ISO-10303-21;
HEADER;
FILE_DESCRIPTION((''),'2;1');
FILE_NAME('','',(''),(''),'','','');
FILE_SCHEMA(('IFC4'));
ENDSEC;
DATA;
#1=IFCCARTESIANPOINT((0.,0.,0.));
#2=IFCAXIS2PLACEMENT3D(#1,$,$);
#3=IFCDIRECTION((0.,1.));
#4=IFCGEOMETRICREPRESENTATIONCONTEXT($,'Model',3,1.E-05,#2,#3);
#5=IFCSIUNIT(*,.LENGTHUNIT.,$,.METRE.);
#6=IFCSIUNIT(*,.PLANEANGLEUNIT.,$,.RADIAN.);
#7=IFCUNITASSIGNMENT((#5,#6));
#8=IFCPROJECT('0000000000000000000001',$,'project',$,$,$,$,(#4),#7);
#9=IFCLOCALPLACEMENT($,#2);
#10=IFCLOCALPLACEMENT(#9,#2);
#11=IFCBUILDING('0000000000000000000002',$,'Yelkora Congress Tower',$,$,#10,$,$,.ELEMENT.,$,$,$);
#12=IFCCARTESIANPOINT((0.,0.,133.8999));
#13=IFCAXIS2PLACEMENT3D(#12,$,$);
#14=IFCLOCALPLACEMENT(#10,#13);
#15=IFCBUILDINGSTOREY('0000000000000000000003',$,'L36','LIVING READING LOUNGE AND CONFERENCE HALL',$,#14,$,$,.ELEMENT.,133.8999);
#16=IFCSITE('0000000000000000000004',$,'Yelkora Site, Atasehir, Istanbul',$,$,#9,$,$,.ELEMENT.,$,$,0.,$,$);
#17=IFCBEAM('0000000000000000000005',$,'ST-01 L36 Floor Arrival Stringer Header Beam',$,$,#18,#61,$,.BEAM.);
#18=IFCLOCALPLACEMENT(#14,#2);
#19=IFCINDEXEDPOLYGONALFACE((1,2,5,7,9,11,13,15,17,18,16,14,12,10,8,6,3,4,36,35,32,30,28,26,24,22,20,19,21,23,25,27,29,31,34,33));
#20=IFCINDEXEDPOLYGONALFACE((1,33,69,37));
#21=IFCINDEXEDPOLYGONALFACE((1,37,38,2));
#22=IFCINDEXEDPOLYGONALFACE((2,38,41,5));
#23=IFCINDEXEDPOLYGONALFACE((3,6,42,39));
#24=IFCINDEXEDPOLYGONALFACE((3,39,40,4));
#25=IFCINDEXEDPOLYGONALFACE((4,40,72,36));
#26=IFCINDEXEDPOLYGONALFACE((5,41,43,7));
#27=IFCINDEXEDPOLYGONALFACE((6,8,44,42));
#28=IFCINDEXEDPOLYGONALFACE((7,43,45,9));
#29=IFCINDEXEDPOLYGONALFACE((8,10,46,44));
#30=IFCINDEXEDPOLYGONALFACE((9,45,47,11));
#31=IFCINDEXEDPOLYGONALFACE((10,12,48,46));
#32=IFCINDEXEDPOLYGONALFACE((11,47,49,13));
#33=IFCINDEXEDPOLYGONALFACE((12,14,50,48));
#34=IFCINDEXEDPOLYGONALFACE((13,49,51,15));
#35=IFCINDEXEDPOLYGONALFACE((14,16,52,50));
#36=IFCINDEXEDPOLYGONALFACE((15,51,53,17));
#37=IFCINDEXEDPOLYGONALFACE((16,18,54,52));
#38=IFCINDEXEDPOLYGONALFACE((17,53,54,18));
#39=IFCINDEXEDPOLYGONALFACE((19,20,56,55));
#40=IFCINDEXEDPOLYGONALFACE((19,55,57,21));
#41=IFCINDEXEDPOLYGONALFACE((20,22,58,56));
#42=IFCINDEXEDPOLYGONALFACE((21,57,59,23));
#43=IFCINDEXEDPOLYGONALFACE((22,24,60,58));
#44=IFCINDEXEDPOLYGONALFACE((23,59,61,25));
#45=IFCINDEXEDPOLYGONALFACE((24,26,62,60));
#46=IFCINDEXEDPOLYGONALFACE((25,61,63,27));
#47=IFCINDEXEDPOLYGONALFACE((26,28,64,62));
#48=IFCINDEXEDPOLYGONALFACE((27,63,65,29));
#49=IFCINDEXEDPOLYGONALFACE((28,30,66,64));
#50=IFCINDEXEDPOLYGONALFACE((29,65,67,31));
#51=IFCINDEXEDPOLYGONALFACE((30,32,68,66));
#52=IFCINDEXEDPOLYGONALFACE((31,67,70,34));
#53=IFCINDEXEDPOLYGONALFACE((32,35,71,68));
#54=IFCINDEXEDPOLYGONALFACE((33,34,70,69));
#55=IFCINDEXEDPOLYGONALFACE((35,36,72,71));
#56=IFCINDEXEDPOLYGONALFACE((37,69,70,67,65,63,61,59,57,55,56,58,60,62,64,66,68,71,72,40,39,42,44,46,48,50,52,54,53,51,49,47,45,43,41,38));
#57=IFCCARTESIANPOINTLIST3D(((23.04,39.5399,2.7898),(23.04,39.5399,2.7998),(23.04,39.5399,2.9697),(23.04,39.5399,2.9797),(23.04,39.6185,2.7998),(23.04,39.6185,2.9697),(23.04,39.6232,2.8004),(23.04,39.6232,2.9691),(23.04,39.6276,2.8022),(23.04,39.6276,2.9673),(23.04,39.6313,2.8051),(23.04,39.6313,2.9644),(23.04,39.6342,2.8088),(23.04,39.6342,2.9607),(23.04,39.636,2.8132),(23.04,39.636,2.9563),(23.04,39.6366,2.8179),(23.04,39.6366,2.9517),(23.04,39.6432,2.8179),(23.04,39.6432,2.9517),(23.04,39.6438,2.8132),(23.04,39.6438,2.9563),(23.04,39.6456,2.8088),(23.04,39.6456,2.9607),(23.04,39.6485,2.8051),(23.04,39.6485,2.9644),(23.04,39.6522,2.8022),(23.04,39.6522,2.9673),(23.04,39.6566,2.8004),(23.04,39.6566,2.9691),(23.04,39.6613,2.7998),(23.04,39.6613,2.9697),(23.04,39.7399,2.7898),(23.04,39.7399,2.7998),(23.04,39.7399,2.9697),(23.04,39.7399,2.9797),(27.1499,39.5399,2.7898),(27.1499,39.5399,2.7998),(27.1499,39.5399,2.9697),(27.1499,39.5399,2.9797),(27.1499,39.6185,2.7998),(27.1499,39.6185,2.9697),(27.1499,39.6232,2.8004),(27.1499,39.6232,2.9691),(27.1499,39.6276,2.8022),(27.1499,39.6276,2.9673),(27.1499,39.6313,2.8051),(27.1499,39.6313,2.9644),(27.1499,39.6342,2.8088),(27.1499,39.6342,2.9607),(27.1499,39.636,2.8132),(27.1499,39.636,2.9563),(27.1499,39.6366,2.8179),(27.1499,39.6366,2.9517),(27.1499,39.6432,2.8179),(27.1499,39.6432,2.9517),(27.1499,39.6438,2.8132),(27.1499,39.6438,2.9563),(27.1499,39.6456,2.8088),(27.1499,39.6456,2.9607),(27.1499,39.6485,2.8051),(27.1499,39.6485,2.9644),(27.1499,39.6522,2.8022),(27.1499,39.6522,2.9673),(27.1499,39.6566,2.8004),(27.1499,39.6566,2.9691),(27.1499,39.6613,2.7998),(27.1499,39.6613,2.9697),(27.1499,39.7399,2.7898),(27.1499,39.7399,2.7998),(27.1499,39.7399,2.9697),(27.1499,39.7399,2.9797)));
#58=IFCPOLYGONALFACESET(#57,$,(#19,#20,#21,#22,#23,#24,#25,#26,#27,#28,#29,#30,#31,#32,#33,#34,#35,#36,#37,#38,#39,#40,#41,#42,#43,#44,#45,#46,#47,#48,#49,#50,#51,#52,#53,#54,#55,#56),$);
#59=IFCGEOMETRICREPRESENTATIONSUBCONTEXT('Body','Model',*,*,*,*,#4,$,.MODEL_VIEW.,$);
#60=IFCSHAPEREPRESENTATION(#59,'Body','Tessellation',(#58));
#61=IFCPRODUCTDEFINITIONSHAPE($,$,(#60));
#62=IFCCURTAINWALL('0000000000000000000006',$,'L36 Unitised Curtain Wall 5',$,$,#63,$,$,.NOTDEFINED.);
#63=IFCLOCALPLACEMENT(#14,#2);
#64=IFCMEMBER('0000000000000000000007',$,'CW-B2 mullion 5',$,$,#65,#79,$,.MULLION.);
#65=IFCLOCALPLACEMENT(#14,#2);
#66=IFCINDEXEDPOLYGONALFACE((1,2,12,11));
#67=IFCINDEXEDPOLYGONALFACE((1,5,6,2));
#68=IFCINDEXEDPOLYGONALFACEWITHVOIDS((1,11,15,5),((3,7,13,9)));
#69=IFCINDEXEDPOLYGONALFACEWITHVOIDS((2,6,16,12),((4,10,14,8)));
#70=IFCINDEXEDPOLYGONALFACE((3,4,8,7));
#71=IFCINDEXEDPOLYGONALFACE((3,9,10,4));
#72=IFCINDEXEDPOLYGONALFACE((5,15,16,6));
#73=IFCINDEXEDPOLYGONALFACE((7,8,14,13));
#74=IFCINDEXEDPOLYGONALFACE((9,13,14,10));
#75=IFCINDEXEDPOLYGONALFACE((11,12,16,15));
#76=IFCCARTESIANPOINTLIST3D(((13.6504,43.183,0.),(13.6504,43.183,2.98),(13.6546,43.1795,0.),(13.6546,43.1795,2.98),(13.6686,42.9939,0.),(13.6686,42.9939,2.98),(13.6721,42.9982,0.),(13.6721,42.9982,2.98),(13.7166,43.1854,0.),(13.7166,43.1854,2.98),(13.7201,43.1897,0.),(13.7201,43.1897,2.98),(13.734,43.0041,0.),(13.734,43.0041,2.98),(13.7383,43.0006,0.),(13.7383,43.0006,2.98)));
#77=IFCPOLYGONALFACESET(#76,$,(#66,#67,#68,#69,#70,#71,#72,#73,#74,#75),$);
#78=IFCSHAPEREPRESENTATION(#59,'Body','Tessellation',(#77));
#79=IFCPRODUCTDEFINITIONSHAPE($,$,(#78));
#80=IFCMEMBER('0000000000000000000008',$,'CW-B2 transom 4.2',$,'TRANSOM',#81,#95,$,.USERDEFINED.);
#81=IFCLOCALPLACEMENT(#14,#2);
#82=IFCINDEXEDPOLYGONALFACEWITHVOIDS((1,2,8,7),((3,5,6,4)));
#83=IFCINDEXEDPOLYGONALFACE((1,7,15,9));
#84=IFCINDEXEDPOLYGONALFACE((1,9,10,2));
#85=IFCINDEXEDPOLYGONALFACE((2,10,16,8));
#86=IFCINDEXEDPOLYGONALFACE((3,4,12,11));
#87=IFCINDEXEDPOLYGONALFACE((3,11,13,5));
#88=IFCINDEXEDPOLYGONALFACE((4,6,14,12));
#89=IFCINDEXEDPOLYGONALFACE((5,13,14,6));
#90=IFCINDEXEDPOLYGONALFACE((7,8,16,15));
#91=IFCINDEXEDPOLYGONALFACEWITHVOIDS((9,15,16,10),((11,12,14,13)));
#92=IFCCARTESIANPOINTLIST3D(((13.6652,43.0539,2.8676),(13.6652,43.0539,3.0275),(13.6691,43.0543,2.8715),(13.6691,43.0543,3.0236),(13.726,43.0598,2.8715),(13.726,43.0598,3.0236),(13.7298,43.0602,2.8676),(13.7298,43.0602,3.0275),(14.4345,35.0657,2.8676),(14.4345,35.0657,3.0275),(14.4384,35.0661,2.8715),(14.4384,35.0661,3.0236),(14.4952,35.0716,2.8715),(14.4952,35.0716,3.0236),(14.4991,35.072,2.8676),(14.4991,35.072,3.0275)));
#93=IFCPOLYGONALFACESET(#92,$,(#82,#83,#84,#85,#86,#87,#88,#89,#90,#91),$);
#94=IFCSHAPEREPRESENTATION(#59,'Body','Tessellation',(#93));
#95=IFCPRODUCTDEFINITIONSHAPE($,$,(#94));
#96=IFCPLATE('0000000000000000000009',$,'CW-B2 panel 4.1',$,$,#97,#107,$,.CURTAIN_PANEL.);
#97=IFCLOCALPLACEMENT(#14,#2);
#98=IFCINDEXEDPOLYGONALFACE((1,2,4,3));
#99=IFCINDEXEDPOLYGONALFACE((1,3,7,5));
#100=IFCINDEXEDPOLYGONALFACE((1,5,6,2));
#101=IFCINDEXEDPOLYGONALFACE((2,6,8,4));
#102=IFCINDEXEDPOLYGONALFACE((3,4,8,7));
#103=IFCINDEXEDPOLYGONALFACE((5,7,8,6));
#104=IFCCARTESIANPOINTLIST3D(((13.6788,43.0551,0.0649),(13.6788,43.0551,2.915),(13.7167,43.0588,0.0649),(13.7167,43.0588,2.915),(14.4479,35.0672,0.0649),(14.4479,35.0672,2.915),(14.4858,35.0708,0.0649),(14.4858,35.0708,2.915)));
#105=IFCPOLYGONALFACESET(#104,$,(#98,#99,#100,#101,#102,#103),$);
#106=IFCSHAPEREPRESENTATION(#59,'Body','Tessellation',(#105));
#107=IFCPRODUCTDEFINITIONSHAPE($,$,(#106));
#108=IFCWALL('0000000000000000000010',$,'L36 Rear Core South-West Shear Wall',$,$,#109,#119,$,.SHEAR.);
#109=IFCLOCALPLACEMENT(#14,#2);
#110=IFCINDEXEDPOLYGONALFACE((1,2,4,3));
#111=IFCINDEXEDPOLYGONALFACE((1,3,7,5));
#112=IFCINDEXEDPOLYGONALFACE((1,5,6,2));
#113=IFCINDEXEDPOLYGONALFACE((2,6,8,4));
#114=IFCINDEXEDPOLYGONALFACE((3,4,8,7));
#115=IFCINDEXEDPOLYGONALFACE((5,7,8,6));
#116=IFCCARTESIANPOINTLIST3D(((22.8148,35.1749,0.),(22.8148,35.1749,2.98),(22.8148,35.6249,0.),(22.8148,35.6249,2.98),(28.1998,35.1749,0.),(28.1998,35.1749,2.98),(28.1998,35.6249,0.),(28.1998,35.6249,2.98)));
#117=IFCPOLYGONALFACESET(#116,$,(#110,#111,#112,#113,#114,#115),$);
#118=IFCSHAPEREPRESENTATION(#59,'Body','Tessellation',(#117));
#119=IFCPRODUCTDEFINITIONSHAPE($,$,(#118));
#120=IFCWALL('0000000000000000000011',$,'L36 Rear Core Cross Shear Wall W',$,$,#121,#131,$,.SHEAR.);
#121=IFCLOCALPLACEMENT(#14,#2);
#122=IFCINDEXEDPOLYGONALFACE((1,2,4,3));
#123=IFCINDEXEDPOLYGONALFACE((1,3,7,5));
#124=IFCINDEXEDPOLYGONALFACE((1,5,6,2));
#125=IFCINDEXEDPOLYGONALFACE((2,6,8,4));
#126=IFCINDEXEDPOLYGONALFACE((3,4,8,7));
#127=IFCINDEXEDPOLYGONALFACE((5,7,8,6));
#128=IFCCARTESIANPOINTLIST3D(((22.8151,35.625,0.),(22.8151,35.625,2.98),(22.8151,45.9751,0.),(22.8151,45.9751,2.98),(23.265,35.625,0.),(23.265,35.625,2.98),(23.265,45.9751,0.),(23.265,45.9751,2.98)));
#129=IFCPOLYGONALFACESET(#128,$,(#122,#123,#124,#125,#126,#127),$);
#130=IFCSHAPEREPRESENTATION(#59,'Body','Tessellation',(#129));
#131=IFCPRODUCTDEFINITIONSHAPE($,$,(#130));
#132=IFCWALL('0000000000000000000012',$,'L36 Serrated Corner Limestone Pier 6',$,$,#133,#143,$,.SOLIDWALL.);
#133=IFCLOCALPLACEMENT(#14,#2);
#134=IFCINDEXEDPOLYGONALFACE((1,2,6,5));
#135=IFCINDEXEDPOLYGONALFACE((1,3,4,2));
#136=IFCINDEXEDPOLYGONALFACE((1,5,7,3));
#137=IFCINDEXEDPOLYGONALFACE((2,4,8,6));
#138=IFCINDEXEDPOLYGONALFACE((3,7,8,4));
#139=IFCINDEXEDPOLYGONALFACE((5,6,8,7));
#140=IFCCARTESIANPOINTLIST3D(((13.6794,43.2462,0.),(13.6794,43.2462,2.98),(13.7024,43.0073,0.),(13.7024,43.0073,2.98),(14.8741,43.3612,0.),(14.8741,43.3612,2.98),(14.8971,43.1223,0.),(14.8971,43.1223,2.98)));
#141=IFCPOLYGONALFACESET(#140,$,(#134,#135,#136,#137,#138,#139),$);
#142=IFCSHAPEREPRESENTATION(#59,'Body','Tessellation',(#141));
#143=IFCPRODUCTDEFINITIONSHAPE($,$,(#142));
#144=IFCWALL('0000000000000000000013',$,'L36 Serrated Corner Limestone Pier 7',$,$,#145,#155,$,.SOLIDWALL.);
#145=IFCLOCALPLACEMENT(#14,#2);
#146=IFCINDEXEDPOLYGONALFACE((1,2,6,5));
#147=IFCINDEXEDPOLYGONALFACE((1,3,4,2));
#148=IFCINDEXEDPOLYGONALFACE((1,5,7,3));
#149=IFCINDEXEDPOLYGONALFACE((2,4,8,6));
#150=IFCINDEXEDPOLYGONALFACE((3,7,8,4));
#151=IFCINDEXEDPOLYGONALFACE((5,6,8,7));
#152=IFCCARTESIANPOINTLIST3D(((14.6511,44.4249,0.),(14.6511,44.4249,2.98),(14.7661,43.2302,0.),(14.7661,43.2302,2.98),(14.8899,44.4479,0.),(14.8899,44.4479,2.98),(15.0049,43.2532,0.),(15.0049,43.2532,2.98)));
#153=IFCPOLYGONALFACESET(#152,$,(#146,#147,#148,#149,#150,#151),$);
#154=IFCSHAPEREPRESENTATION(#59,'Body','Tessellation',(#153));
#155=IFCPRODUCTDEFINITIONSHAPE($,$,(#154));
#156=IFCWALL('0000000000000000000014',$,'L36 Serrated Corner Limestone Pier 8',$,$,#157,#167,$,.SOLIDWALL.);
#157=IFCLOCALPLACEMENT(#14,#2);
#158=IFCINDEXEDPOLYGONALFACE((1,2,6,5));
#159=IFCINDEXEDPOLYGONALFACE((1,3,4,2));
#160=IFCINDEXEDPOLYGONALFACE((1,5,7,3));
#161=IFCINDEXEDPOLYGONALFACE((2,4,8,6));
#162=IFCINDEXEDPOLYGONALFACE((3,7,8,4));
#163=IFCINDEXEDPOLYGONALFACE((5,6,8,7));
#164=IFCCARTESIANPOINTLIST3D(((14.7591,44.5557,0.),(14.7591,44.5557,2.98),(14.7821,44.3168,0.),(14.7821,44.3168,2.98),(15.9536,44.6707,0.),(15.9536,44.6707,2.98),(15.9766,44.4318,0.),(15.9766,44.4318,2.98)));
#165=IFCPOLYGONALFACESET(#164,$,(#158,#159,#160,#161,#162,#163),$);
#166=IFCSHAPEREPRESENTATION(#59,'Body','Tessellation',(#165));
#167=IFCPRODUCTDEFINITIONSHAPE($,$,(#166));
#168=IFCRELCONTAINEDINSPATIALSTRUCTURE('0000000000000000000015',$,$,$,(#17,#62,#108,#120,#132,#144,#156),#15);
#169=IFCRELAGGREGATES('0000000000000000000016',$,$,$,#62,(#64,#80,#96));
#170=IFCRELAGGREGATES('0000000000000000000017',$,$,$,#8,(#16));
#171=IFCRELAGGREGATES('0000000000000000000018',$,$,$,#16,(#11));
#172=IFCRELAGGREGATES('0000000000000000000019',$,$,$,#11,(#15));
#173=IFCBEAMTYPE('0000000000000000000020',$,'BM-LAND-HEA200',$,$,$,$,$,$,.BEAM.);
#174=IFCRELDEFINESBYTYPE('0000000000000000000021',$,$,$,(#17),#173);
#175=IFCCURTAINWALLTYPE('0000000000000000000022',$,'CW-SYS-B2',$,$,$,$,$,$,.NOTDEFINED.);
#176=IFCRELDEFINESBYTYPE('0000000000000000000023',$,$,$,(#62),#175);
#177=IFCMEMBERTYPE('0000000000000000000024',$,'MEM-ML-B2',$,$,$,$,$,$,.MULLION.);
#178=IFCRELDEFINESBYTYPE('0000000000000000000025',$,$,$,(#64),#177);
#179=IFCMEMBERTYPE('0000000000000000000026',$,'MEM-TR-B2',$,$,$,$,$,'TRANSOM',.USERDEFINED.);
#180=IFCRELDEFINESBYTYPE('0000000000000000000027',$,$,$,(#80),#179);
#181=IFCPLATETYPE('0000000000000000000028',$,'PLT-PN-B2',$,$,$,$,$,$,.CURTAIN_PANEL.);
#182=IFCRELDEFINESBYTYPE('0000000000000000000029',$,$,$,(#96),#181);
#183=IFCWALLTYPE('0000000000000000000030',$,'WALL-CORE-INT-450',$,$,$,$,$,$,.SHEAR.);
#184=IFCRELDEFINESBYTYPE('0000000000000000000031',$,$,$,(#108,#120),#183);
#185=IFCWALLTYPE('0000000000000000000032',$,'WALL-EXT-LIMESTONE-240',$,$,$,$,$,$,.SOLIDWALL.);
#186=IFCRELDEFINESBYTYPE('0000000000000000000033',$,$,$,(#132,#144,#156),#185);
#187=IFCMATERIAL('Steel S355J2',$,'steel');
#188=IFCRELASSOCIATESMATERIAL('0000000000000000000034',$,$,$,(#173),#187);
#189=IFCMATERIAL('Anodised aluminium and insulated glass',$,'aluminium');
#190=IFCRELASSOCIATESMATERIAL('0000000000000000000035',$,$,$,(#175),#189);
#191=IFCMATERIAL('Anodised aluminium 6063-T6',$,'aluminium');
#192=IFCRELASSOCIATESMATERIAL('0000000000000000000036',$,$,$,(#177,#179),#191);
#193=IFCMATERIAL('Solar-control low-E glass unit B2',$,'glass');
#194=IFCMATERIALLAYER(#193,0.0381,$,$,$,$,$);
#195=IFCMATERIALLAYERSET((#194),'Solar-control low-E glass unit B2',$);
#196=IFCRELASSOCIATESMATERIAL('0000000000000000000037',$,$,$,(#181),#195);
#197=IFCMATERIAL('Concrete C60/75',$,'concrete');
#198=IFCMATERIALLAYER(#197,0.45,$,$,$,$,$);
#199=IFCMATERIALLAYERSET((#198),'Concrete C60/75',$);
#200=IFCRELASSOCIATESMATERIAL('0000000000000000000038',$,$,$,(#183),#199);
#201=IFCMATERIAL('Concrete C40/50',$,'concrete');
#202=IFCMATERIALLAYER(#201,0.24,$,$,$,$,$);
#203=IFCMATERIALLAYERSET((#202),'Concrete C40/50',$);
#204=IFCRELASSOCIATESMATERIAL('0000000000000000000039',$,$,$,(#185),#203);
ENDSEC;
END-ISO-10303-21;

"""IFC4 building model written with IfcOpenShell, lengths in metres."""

from ifc_helpers import new_model, si_unit, direction, frame, frame_2d, origin, origin_2d, place, context, subcontext, project, spatial, rectangle, hollow_rectangle, i_section, extrude, material, layer, layer_set, material_profile, profile_set, type_object, element, aggregate, save


model = new_model("IFC4")

# Units and contexts
model_context = context("Model", 3, precision=1e-05, world=origin(), true_north=direction((0.0, 1.0)))
body_context = subcontext(model_context, "Body", "Model", "MODEL_VIEW")
ifc_project = project(units=[si_unit("LENGTHUNIT", "METRE"), si_unit("PLANEANGLEUNIT", "RADIAN")], contexts=[model_context])

# Site, building, storey
site_placement = place(None, origin())
site = spatial("IfcSite", under=ifc_project, at=site_placement, Name="Yelkora Site, Atasehir, Istanbul", CompositionType="ELEMENT", RefElevation=0.0)
building_placement = place(site_placement, origin())
building = spatial("IfcBuilding", under=site, at=building_placement, Name="Yelkora Congress Tower", CompositionType="ELEMENT")
storey_placement = place(building_placement, frame((0.0, 0.0, 133.8999)))
storey = spatial("IfcBuildingStorey", under=building, at=storey_placement, Name="L36", Description="LIVING READING LOUNGE AND CONFERENCE HALL", CompositionType="ELEMENT", Elevation=133.8999)

# Beam
ifc_material_1 = material(Name="Steel S355J2", Category="steel")
ifc_material_profile_1 = material_profile(ifc_material_1, i_section(OverallWidth=0.2, OverallDepth=0.1899, WebThickness=0.0066, FlangeThickness=0.01, FilletRadius=0.0181, at=origin_2d()), Name="HEA 200")
ifc_profile_set_1 = profile_set([ifc_material_profile_1], Name="Steel S355J2")
beam_type_1 = type_object("IfcBeamType", Name="BM-LAND-HEA200", PredefinedType="BEAM", material=ifc_profile_set_1)
beam_1_placement = place(storey_placement, frame((23.04, 39.6399, 2.8848), z_axis=(1.0, 0.0, 0.0), x_axis=(0.0, 1.0, 0.0)))
element("IfcBeam", 1, at=beam_1_placement, inside=storey, type_object=beam_type_1, Name="ST-01 L36 Floor Arrival Stringer Header Beam", PredefinedType="BEAM", context=body_context, shape_type="SweptSolid", body=[
    extrude(i_section(OverallWidth=0.2, OverallDepth=0.1899, WebThickness=0.0066, FlangeThickness=0.01, FilletRadius=0.0181, at=origin_2d()), origin(), (0.0, 0.0, 1.0), 4.1099),
])

# Curtain wall, members, plate
ifc_material_2 = material(Name="Anodised aluminium and insulated glass", Category="aluminium")
curtain_wall_type = type_object("IfcCurtainWallType", Name="CW-SYS-B2", PredefinedType="NOTDEFINED", material=ifc_material_2)
curtain_wall_placement = place(storey_placement, origin())
curtain_wall = element("IfcCurtainWall", 2, at=curtain_wall_placement, inside=storey, type_object=curtain_wall_type, Name="L36 Unitised Curtain Wall 5", PredefinedType="NOTDEFINED")
ifc_material_3 = material(Name="Anodised aluminium 6063-T6", Category="aluminium")
ifc_material_profile_2 = material_profile(ifc_material_3, hollow_rectangle(XDim=0.0701, YDim=0.1899, WallThickness=0.0039, at=origin_2d()), Name="ALU 70x190x4")
ifc_profile_set_2 = profile_set([ifc_material_profile_2], Name="Anodised aluminium 6063-T6")
member_type_1 = type_object("IfcMemberType", Name="MEM-ML-B2", PredefinedType="MULLION", material=ifc_profile_set_2)
member_1_placement = place(storey_placement, frame((13.6943, 43.0918, 0.0), z_axis=(0.0, 0.0, 1.0), x_axis=(-0.995397, -0.095843, 0.0)))
member_1 = element("IfcMember", 3, at=member_1_placement, type_object=member_type_1, Name="CW-B2 mullion 5", PredefinedType="MULLION", context=body_context, shape_type="SweptSolid", body=[
    extrude(hollow_rectangle(XDim=0.0701, YDim=0.1899, WallThickness=0.0039, at=origin_2d()), origin(), (0.0, 0.0, 1.0), 2.98),
])
ifc_material_profile_3 = material_profile(ifc_material_3, hollow_rectangle(XDim=0.0649, YDim=0.1599, WallThickness=0.0039, at=origin_2d()), Name="ALU 65x160x4")
ifc_profile_set_3 = profile_set([ifc_material_profile_3], Name="Anodised aluminium 6063-T6")
member_type_2 = type_object("IfcMemberType", Name="MEM-TR-B2", ElementType="TRANSOM", PredefinedType="USERDEFINED", material=ifc_profile_set_3)
member_2_placement = place(storey_placement, frame((14.4668, 35.0688, 2.9475), z_axis=(-0.095858, 0.995395, 0.0), x_axis=(-0.995395, -0.095858, 0.0)))
member_2 = element("IfcMember", 4, at=member_2_placement, type_object=member_type_2, Name="CW-B2 transom 4.2", ObjectType="TRANSOM", PredefinedType="USERDEFINED", context=body_context, shape_type="SweptSolid", body=[
    extrude(hollow_rectangle(XDim=0.0649, YDim=0.1599, WallThickness=0.0039, at=origin_2d()), origin(), (0.0, 0.0, 1.0), 8.0251),
])
ifc_material_4 = material(Name="Solar-control low-E glass unit B2", Category="glass")
ifc_layer_1 = layer(ifc_material_4, 0.0381)
ifc_layer_set_1 = layer_set([ifc_layer_1], Name="Solar-control low-E glass unit B2")
plate_type = type_object("IfcPlateType", Name="PLT-PN-B2", PredefinedType="CURTAIN_PANEL", material=ifc_layer_set_1)
plate_placement = place(storey_placement, frame((14.0823, 39.063, 0.0649), z_axis=(0.0, 0.0, 1.0), x_axis=(-0.095843, 0.995397, 0.0)))
plate = element("IfcPlate", 5, at=plate_placement, type_object=plate_type, Name="CW-B2 panel 4.1", PredefinedType="CURTAIN_PANEL", context=body_context, shape_type="SweptSolid", body=[
    extrude(rectangle(XDim=8.0249, YDim=0.0381, at=origin_2d()), origin(), (0.0, 0.0, 1.0), 2.8501),
])
aggregate(curtain_wall, [member_1, member_2, plate])

# Walls
ifc_material_5 = material(Name="Concrete C60/75", Category="concrete")
ifc_layer_2 = layer(ifc_material_5, 0.45)
ifc_layer_set_2 = layer_set([ifc_layer_2], Name="Concrete C60/75")
wall_type_1 = type_object("IfcWallType", Name="WALL-CORE-INT-450", PredefinedType="SHEAR", material=ifc_layer_set_2)
wall_1_placement = place(storey_placement, frame((22.8149, 35.3999, 0.0), z_axis=(0.0, 0.0, 1.0), x_axis=(1.0, 0.0, 0.0)))
element("IfcWall", 6, at=wall_1_placement, inside=storey, type_object=wall_type_1, Name="L36 Rear Core South-West Shear Wall", PredefinedType="SHEAR", context=body_context, shape_type="SweptSolid", body=[
    extrude(rectangle(XDim=5.385, YDim=0.45, at=frame_2d((2.6924, 0.0))), origin(), (0.0, 0.0, 1.0), 2.98),
])
wall_2_placement = place(storey_placement, frame((23.04, 35.625, 0.0), z_axis=(0.0, 0.0, 1.0), x_axis=(0.0, 1.0, 0.0)))
element("IfcWall", 7, at=wall_2_placement, inside=storey, type_object=wall_type_1, Name="L36 Rear Core Cross Shear Wall W", PredefinedType="SHEAR", context=body_context, shape_type="SweptSolid", body=[
    extrude(rectangle(XDim=10.3501, YDim=0.45, at=frame_2d((5.175, 0.0))), origin(), (0.0, 0.0, 1.0), 2.98),
])
ifc_material_6 = material(Name="Concrete C40/50", Category="concrete")
ifc_layer_3 = layer(ifc_material_6, 0.24)
ifc_layer_set_3 = layer_set([ifc_layer_3], Name="Concrete C40/50")
wall_type_2 = type_object("IfcWallType", Name="WALL-EXT-LIMESTONE-240", PredefinedType="SOLIDWALL", material=ifc_layer_set_3)
for number, where, z_axis, x_axis, name in (
    (8, (13.6909, 43.1267, 0.0), (0.0, 0.0, 1.0), (0.995399, 0.095817, 0.0), "L36 Serrated Corner Limestone Pier 6"),
    (9, (14.8855, 43.2417, 0.0), (0.0, 0.0, 1.0), (-0.095817, 0.995399, 0.0), "L36 Serrated Corner Limestone Pier 7"),
):
    element("IfcWall", number, at=place(storey_placement, frame(where, z_axis=z_axis, x_axis=x_axis)), inside=storey, type_object=wall_type_2, Name=name, PredefinedType="SOLIDWALL", context=body_context, shape_type="SweptSolid", body=[
        extrude(rectangle(XDim=1.2002, YDim=0.24, at=frame_2d((0.6001, 0.0))), origin(), (0.0, 0.0, 1.0), 2.98),
    ])
wall_3_placement = place(storey_placement, frame((14.7705, 44.4363, 0.0), z_axis=(0.0, 0.0, 1.0), x_axis=(0.995397, 0.095836, 0.0)))
element("IfcWall", 10, at=wall_3_placement, inside=storey, type_object=wall_type_2, Name="L36 Serrated Corner Limestone Pier 8", PredefinedType="SOLIDWALL", context=body_context, shape_type="SweptSolid", body=[
    extrude(rectangle(XDim=1.2, YDim=0.24, at=frame_2d((0.6001, 0.0))), origin(), (0.0, 0.0, 1.0), 2.98),
])

save(model, "model.ifc")
